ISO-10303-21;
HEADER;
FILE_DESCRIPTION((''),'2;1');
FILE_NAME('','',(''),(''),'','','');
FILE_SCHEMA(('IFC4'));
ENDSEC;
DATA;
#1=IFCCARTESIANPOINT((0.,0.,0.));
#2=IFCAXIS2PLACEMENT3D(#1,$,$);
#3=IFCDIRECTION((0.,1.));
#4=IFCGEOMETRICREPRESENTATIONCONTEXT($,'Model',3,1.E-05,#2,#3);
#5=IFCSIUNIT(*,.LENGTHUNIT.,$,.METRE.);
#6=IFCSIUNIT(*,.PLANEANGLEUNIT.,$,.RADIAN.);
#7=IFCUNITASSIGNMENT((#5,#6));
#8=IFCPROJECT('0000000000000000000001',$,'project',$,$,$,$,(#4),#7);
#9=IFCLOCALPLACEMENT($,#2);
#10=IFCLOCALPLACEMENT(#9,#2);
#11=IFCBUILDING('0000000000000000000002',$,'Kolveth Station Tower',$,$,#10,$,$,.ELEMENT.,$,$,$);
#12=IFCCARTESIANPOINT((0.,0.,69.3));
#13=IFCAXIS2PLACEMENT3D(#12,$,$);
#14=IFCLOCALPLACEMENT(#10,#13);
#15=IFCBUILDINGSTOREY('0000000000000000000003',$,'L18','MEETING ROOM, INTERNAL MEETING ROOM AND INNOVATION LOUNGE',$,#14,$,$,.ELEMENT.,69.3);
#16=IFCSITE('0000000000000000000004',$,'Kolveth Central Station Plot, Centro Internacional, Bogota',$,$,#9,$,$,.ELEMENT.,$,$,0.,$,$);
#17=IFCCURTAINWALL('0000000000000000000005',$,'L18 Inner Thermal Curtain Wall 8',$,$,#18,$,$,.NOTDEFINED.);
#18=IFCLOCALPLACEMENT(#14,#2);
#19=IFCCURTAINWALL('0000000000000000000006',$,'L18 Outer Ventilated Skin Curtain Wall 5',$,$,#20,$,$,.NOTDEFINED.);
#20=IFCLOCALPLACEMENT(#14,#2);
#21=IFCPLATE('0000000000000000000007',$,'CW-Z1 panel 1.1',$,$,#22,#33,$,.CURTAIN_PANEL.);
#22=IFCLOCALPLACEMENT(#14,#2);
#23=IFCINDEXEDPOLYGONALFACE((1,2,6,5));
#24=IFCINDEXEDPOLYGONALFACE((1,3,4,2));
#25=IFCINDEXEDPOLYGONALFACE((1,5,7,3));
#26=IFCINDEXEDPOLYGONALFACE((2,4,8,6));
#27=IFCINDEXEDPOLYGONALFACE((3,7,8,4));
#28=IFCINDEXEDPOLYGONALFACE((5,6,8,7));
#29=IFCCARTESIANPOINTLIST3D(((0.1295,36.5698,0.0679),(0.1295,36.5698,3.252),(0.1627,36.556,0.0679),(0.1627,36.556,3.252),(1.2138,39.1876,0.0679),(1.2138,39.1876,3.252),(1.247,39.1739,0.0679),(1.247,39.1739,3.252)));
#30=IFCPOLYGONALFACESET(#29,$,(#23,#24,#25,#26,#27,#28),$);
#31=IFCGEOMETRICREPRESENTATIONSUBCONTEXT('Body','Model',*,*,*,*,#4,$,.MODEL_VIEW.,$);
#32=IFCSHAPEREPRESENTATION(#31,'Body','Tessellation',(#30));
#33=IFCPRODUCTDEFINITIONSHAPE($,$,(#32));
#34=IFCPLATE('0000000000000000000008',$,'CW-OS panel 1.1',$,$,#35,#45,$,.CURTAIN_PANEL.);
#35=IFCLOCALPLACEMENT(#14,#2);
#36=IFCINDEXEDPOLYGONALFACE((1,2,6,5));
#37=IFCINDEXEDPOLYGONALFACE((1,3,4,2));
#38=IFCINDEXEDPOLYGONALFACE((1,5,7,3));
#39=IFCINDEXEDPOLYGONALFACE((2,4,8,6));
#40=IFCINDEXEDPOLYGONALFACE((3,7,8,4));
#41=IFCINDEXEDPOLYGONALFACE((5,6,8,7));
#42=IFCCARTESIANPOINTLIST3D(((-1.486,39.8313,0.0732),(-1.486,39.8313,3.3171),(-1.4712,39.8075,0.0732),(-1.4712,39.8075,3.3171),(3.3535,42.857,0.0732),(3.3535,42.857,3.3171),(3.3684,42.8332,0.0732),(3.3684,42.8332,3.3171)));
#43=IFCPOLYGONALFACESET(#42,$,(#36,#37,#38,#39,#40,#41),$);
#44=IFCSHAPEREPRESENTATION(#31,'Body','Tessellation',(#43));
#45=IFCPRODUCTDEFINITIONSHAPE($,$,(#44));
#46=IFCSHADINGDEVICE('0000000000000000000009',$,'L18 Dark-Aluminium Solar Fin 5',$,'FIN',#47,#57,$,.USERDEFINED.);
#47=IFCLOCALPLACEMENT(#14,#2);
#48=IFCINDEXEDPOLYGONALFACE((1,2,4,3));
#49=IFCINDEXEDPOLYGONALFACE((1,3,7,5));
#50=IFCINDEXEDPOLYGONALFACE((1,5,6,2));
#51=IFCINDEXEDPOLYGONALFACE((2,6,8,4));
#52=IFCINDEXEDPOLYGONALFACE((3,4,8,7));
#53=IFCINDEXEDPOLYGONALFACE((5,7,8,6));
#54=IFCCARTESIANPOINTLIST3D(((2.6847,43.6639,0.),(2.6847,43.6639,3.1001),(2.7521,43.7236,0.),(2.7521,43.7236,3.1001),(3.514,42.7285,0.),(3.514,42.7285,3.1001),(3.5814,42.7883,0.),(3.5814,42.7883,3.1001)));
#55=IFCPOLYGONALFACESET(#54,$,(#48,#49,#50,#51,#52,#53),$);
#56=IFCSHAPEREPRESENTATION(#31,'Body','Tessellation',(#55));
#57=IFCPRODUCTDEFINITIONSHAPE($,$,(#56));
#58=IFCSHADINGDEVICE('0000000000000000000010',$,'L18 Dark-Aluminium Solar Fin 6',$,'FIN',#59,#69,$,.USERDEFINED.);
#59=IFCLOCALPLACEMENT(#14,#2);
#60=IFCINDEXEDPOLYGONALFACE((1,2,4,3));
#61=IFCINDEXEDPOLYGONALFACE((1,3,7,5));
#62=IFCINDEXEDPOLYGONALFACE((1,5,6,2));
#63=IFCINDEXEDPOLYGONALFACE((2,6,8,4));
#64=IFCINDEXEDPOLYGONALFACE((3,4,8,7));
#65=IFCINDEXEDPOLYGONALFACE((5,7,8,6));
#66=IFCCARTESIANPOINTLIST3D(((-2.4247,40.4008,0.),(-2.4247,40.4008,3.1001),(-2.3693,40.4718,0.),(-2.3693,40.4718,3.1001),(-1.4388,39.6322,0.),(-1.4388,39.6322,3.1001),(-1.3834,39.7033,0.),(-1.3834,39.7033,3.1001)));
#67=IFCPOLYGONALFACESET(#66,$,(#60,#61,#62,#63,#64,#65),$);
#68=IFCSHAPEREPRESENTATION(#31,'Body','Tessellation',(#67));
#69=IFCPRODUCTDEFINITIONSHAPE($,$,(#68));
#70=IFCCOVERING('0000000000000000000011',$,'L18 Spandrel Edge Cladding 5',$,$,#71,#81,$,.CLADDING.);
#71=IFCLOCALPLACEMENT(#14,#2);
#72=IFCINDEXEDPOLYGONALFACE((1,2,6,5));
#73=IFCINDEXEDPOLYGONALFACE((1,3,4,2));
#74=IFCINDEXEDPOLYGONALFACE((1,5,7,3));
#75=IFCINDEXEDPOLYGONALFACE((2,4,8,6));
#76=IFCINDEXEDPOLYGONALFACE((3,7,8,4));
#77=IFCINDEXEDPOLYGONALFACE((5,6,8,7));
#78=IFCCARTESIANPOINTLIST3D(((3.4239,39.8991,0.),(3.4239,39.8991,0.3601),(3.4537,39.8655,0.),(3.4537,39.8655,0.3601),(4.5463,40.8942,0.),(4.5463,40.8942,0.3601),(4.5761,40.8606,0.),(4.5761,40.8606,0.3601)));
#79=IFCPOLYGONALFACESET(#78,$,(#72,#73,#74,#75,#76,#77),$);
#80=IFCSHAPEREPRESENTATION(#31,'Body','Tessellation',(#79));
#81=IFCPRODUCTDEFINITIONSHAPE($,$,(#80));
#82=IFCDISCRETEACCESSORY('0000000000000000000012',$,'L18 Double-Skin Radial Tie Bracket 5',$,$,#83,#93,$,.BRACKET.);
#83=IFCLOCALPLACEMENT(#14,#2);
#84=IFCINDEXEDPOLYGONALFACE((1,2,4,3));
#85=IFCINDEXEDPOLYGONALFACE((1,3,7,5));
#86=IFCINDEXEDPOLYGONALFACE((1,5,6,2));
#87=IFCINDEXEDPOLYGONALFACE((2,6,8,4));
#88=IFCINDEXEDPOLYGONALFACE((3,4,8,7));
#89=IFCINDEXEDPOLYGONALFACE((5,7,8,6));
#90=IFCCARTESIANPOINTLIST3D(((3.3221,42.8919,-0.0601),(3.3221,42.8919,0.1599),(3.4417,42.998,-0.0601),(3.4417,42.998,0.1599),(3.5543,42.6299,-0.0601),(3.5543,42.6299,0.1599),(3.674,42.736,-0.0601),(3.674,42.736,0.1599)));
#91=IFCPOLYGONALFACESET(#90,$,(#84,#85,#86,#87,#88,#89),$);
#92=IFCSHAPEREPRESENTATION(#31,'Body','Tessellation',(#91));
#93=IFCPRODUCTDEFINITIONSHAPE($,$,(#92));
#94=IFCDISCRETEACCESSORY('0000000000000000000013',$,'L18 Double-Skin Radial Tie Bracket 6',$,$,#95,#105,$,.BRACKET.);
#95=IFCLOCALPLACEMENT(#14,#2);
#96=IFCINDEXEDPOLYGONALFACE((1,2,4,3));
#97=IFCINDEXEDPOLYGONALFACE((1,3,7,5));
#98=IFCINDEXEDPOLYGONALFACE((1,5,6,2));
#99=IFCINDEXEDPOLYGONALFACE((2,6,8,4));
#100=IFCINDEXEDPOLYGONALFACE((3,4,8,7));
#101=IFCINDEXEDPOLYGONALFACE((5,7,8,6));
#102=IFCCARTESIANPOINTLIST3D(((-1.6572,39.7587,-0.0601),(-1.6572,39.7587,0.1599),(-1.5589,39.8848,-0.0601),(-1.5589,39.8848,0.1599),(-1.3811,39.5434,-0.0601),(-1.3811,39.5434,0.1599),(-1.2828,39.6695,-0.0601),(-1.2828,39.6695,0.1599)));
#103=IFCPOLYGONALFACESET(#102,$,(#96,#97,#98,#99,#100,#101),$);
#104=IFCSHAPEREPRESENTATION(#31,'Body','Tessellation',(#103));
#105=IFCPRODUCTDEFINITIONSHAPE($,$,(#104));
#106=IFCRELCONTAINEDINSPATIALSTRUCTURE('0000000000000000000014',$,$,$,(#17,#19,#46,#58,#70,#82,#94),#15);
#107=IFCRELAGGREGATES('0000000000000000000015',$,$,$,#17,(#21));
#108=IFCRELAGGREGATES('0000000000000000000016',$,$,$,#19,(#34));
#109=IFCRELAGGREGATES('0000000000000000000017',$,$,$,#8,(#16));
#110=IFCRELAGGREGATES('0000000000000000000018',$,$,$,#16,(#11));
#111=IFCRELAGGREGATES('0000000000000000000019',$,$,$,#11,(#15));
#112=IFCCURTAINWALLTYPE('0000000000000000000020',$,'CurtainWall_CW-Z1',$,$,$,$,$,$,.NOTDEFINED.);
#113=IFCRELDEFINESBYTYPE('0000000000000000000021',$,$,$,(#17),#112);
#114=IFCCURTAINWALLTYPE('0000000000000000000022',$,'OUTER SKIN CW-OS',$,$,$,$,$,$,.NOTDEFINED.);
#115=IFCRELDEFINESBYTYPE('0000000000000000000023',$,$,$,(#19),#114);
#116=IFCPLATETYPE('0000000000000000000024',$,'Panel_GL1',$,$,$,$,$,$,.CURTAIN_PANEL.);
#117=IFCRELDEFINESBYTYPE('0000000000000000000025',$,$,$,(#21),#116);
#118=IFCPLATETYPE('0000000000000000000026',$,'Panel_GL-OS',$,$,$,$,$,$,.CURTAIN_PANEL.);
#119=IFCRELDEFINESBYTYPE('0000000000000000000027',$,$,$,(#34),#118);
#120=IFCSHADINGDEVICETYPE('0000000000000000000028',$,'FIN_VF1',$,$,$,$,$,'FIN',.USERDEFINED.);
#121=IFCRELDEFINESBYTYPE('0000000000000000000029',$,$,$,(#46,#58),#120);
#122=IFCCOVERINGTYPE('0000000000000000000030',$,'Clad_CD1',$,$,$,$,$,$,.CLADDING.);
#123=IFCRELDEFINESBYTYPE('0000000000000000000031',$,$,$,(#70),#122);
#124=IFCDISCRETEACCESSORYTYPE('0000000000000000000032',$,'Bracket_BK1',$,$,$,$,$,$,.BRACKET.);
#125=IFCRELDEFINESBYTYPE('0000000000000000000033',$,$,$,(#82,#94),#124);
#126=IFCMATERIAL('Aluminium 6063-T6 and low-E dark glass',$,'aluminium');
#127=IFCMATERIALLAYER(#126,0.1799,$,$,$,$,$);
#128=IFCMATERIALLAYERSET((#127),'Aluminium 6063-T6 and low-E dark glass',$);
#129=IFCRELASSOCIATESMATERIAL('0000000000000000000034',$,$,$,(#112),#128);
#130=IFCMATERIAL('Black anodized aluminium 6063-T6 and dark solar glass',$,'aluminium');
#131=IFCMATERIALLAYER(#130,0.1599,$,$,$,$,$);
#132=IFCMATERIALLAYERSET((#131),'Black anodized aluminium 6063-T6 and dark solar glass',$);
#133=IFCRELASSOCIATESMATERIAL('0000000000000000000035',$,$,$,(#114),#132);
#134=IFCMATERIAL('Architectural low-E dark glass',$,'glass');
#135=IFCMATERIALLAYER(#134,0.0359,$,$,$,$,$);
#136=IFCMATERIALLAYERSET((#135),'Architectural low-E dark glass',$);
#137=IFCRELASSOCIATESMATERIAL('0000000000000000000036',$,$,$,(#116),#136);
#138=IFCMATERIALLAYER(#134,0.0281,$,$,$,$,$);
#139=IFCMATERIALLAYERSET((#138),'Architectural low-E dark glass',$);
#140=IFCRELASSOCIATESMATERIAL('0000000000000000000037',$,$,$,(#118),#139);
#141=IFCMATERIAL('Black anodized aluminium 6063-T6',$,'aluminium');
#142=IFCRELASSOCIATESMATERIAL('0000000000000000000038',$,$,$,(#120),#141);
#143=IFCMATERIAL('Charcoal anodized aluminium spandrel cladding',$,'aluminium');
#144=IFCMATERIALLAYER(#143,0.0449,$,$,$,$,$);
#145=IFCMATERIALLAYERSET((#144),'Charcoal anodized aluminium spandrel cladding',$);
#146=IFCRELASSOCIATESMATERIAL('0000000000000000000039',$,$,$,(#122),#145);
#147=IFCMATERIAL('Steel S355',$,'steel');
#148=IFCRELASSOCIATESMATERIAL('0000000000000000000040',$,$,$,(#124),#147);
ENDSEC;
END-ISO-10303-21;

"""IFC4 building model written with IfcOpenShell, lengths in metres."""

from ifc_helpers import new_model, si_unit, direction, frame, origin, origin_2d, place, context, subcontext, project, spatial, rectangle, extrude, source, transform, mapped, material, layer, layer_set, type_object, element, aggregate, save


model = new_model("IFC4")

# Units and contexts
model_context = context("Model", 3, precision=1e-05, world=origin(), true_north=direction((0.0, 1.0)))
body_context = subcontext(model_context, "Body", "Model", "MODEL_VIEW")
ifc_project = project(units=[si_unit("LENGTHUNIT", "METRE"), si_unit("PLANEANGLEUNIT", "RADIAN")], contexts=[model_context])

# Site, building, storey
site_placement = place(None, origin())
site = spatial("IfcSite", under=ifc_project, at=site_placement, Name="Kolveth Central Station Plot, Centro Internacional, Bogota", CompositionType="ELEMENT", RefElevation=0.0)
building_placement = place(site_placement, origin())
building = spatial("IfcBuilding", under=site, at=building_placement, Name="Kolveth Station Tower", CompositionType="ELEMENT")
storey_placement = place(building_placement, frame((0.0, 0.0, 69.3)))
storey = spatial("IfcBuildingStorey", under=building, at=storey_placement, Name="L18", Description="MEETING ROOM, INTERNAL MEETING ROOM AND INNOVATION LOUNGE", CompositionType="ELEMENT", Elevation=69.3)

# Shared definitions
ifc_material_1 = material(Name="Aluminium 6063-T6 and low-E dark glass", Category="aluminium")
ifc_layer_1 = layer(ifc_material_1, 0.1799)
ifc_layer_set_1 = layer_set([ifc_layer_1], Name="Aluminium 6063-T6 and low-E dark glass")
curtain_wall_type_1 = type_object("IfcCurtainWallType", Name="CurtainWall_CW-Z1", PredefinedType="NOTDEFINED", material=ifc_layer_set_1)
ifc_material_2 = material(Name="Black anodized aluminium 6063-T6", Category="aluminium")

# Curtain wall
curtain_wall_1_placement = place(storey_placement, origin())
curtain_wall_1 = element("IfcCurtainWall", 1, at=curtain_wall_1_placement, inside=storey, type_object=curtain_wall_type_1, Name="L18 Inner Thermal Curtain Wall 8", PredefinedType="NOTDEFINED")

# Shared definitions
ifc_material_3 = material(Name="Black anodized aluminium 6063-T6 and dark solar glass", Category="aluminium")
ifc_layer_2 = layer(ifc_material_3, 0.1599)
ifc_layer_set_2 = layer_set([ifc_layer_2], Name="Black anodized aluminium 6063-T6 and dark solar glass")
curtain_wall_type_2 = type_object("IfcCurtainWallType", Name="OUTER SKIN CW-OS", PredefinedType="NOTDEFINED", material=ifc_layer_set_2)

# Curtain wall
curtain_wall_2_placement = place(storey_placement, origin())
curtain_wall_2 = element("IfcCurtainWall", 2, at=curtain_wall_2_placement, inside=storey, type_object=curtain_wall_type_2, Name="L18 Outer Ventilated Skin Curtain Wall 5", PredefinedType="NOTDEFINED")

# Plates
ifc_material_4 = material(Name="Architectural low-E dark glass", Category="glass")
ifc_layer_3 = layer(ifc_material_4, 0.0359)
ifc_layer_set_3 = layer_set([ifc_layer_3], Name="Architectural low-E dark glass")
plate_type_1 = type_object("IfcPlateType", Name="Panel_GL1", PredefinedType="CURTAIN_PANEL", material=ifc_layer_set_3)
shared_shape_1 = source(origin(), body_context, "Body", "SweptSolid", [
    extrude(rectangle(XDim=2.8335, YDim=0.0359, at=origin_2d()), origin(), (0.0, 0.0, 1.0), 3.1841),
])
plate_1_placement = place(storey_placement, frame((0.6882, 37.8718, 0.0679), z_axis=(0.0, 0.0, 1.0), x_axis=(-0.382673, -0.923884, 0.0)))
plate_1 = element("IfcPlate", 3, at=plate_1_placement, type_object=plate_type_1, Name="CW-Z1 panel 1.1", PredefinedType="CURTAIN_PANEL", context=body_context, shape_type="MappedRepresentation", body=[
    mapped(shared_shape_1, transform((0.0, 0.0, 0.0), x_axis=(1.0, 0.0, 0.0), y_axis=(0.0, 1.0, 0.0), z_axis=(0.0, 0.0, 1.0), scale=1.0)),
])
aggregate(curtain_wall_1, [plate_1])
ifc_layer_4 = layer(ifc_material_4, 0.0281)
ifc_layer_set_4 = layer_set([ifc_layer_4], Name="Architectural low-E dark glass")
plate_type_2 = type_object("IfcPlateType", Name="Panel_GL-OS", PredefinedType="CURTAIN_PANEL", material=ifc_layer_set_4)
shared_shape_2 = source(origin(), body_context, "Body", "SweptSolid", [
    extrude(rectangle(XDim=5.7075, YDim=0.0281, at=origin_2d()), origin(), (0.0, 0.0, 1.0), 3.2439),
])
plate_2_placement = place(storey_placement, frame((0.9412, 41.3323, 0.0732), z_axis=(0.0, 0.0, 1.0), x_axis=(-0.847921, -0.530123, 0.0)))
plate_2 = element("IfcPlate", 4, at=plate_2_placement, type_object=plate_type_2, Name="CW-OS panel 1.1", PredefinedType="CURTAIN_PANEL", context=body_context, shape_type="MappedRepresentation", body=[
    mapped(shared_shape_2, transform((0.0, 0.0, 0.0), x_axis=(1.0, 0.0, 0.0), y_axis=(0.0, 1.0, 0.0), z_axis=(0.0, 0.0, 1.0), scale=1.0)),
])
aggregate(curtain_wall_2, [plate_2])

# Shading devices
shading_device_type = type_object("IfcShadingDeviceType", Name="FIN_VF1", ElementType="FIN", PredefinedType="USERDEFINED", material=ifc_material_2)
shared_shape_3 = source(origin(), body_context, "Body", "SweptSolid", [
    extrude(rectangle(XDim=1.25, YDim=0.0901, at=origin_2d()), origin(), (0.0, 0.0, 1.0), 3.1001),
])
for number, where, z_axis, x_axis, name in (
    (5, (3.1331, 43.2261, 0.0), (0.0, 0.0, 1.0), (-0.663404, 0.748261, 0.0), "L18 Dark-Aluminium Solar Fin 5"),
    (6, (-1.9041, 40.052, 0.0), (0.0, 0.0, 1.0), (-0.788655, 0.614836, 0.0), "L18 Dark-Aluminium Solar Fin 6"),
):
    element("IfcShadingDevice", number, at=place(storey_placement, frame(where, z_axis=z_axis, x_axis=x_axis)), inside=storey, type_object=shading_device_type, Name=name, ObjectType="FIN", PredefinedType="USERDEFINED", context=body_context, shape_type="MappedRepresentation", body=[
        mapped(shared_shape_3, transform((0.0, 0.0, 0.0), x_axis=(1.0, 0.0, 0.0), y_axis=(0.0, 1.0, 0.0), z_axis=(0.0, 0.0, 1.0), scale=1.0)),
    ])

# Covering
ifc_material_5 = material(Name="Charcoal anodized aluminium spandrel cladding", Category="aluminium")
ifc_layer_5 = layer(ifc_material_5, 0.0449)
ifc_layer_set_5 = layer_set([ifc_layer_5], Name="Charcoal anodized aluminium spandrel cladding")
covering_type = type_object("IfcCoveringType", Name="Clad_CD1", PredefinedType="CLADDING", material=ifc_layer_set_5)
shared_shape_4 = source(origin(), body_context, "Body", "SweptSolid", [
    extrude(rectangle(XDim=1.5, YDim=0.0449, at=origin_2d()), origin(), (0.0, 0.0, 1.0), 0.3601),
])
covering_placement = place(storey_placement, frame((4.0, 40.3799, 0.0), z_axis=(0.0, 0.0, 1.0), x_axis=(-0.748261, -0.663404, 0.0)))
element("IfcCovering", 7, at=covering_placement, inside=storey, type_object=covering_type, Name="L18 Spandrel Edge Cladding 5", PredefinedType="CLADDING", context=body_context, shape_type="MappedRepresentation", body=[
    mapped(shared_shape_4, transform((0.0, 0.0, 0.0), x_axis=(1.0, 0.0, 0.0), y_axis=(0.0, 1.0, 0.0), z_axis=(0.0, 0.0, 1.0), scale=1.0)),
])

# Discrete accessories
ifc_material_6 = material(Name="Steel S355", Category="steel")
discrete_accessory_type = type_object("IfcDiscreteAccessoryType", Name="Bracket_BK1", PredefinedType="BRACKET", material=ifc_material_6)
shared_shape_5 = source(origin(), body_context, "Body", "SweptSolid", [
    extrude(rectangle(XDim=0.3501, YDim=0.1599, at=origin_2d()), origin(), (0.0, 0.0, 1.0), 0.22),
])
for number, where, z_axis, x_axis, name in (
    (8, (3.498, 42.814, -0.0601), (0.0, 0.0, 1.0), (-0.663404, 0.748261, 0.0), "L18 Double-Skin Radial Tie Bracket 5"),
    (9, (-1.47, 39.7141, -0.0601), (0.0, 0.0, 1.0), (-0.788655, 0.614836, 0.0), "L18 Double-Skin Radial Tie Bracket 6"),
):
    element("IfcDiscreteAccessory", number, at=place(storey_placement, frame(where, z_axis=z_axis, x_axis=x_axis)), inside=storey, type_object=discrete_accessory_type, Name=name, PredefinedType="BRACKET", context=body_context, shape_type="MappedRepresentation", body=[
        mapped(shared_shape_5, transform((0.0, 0.0, 0.0), x_axis=(1.0, 0.0, 0.0), y_axis=(0.0, 1.0, 0.0), z_axis=(0.0, 0.0, 1.0), scale=1.0)),
    ])

save(model, "model.ifc")
